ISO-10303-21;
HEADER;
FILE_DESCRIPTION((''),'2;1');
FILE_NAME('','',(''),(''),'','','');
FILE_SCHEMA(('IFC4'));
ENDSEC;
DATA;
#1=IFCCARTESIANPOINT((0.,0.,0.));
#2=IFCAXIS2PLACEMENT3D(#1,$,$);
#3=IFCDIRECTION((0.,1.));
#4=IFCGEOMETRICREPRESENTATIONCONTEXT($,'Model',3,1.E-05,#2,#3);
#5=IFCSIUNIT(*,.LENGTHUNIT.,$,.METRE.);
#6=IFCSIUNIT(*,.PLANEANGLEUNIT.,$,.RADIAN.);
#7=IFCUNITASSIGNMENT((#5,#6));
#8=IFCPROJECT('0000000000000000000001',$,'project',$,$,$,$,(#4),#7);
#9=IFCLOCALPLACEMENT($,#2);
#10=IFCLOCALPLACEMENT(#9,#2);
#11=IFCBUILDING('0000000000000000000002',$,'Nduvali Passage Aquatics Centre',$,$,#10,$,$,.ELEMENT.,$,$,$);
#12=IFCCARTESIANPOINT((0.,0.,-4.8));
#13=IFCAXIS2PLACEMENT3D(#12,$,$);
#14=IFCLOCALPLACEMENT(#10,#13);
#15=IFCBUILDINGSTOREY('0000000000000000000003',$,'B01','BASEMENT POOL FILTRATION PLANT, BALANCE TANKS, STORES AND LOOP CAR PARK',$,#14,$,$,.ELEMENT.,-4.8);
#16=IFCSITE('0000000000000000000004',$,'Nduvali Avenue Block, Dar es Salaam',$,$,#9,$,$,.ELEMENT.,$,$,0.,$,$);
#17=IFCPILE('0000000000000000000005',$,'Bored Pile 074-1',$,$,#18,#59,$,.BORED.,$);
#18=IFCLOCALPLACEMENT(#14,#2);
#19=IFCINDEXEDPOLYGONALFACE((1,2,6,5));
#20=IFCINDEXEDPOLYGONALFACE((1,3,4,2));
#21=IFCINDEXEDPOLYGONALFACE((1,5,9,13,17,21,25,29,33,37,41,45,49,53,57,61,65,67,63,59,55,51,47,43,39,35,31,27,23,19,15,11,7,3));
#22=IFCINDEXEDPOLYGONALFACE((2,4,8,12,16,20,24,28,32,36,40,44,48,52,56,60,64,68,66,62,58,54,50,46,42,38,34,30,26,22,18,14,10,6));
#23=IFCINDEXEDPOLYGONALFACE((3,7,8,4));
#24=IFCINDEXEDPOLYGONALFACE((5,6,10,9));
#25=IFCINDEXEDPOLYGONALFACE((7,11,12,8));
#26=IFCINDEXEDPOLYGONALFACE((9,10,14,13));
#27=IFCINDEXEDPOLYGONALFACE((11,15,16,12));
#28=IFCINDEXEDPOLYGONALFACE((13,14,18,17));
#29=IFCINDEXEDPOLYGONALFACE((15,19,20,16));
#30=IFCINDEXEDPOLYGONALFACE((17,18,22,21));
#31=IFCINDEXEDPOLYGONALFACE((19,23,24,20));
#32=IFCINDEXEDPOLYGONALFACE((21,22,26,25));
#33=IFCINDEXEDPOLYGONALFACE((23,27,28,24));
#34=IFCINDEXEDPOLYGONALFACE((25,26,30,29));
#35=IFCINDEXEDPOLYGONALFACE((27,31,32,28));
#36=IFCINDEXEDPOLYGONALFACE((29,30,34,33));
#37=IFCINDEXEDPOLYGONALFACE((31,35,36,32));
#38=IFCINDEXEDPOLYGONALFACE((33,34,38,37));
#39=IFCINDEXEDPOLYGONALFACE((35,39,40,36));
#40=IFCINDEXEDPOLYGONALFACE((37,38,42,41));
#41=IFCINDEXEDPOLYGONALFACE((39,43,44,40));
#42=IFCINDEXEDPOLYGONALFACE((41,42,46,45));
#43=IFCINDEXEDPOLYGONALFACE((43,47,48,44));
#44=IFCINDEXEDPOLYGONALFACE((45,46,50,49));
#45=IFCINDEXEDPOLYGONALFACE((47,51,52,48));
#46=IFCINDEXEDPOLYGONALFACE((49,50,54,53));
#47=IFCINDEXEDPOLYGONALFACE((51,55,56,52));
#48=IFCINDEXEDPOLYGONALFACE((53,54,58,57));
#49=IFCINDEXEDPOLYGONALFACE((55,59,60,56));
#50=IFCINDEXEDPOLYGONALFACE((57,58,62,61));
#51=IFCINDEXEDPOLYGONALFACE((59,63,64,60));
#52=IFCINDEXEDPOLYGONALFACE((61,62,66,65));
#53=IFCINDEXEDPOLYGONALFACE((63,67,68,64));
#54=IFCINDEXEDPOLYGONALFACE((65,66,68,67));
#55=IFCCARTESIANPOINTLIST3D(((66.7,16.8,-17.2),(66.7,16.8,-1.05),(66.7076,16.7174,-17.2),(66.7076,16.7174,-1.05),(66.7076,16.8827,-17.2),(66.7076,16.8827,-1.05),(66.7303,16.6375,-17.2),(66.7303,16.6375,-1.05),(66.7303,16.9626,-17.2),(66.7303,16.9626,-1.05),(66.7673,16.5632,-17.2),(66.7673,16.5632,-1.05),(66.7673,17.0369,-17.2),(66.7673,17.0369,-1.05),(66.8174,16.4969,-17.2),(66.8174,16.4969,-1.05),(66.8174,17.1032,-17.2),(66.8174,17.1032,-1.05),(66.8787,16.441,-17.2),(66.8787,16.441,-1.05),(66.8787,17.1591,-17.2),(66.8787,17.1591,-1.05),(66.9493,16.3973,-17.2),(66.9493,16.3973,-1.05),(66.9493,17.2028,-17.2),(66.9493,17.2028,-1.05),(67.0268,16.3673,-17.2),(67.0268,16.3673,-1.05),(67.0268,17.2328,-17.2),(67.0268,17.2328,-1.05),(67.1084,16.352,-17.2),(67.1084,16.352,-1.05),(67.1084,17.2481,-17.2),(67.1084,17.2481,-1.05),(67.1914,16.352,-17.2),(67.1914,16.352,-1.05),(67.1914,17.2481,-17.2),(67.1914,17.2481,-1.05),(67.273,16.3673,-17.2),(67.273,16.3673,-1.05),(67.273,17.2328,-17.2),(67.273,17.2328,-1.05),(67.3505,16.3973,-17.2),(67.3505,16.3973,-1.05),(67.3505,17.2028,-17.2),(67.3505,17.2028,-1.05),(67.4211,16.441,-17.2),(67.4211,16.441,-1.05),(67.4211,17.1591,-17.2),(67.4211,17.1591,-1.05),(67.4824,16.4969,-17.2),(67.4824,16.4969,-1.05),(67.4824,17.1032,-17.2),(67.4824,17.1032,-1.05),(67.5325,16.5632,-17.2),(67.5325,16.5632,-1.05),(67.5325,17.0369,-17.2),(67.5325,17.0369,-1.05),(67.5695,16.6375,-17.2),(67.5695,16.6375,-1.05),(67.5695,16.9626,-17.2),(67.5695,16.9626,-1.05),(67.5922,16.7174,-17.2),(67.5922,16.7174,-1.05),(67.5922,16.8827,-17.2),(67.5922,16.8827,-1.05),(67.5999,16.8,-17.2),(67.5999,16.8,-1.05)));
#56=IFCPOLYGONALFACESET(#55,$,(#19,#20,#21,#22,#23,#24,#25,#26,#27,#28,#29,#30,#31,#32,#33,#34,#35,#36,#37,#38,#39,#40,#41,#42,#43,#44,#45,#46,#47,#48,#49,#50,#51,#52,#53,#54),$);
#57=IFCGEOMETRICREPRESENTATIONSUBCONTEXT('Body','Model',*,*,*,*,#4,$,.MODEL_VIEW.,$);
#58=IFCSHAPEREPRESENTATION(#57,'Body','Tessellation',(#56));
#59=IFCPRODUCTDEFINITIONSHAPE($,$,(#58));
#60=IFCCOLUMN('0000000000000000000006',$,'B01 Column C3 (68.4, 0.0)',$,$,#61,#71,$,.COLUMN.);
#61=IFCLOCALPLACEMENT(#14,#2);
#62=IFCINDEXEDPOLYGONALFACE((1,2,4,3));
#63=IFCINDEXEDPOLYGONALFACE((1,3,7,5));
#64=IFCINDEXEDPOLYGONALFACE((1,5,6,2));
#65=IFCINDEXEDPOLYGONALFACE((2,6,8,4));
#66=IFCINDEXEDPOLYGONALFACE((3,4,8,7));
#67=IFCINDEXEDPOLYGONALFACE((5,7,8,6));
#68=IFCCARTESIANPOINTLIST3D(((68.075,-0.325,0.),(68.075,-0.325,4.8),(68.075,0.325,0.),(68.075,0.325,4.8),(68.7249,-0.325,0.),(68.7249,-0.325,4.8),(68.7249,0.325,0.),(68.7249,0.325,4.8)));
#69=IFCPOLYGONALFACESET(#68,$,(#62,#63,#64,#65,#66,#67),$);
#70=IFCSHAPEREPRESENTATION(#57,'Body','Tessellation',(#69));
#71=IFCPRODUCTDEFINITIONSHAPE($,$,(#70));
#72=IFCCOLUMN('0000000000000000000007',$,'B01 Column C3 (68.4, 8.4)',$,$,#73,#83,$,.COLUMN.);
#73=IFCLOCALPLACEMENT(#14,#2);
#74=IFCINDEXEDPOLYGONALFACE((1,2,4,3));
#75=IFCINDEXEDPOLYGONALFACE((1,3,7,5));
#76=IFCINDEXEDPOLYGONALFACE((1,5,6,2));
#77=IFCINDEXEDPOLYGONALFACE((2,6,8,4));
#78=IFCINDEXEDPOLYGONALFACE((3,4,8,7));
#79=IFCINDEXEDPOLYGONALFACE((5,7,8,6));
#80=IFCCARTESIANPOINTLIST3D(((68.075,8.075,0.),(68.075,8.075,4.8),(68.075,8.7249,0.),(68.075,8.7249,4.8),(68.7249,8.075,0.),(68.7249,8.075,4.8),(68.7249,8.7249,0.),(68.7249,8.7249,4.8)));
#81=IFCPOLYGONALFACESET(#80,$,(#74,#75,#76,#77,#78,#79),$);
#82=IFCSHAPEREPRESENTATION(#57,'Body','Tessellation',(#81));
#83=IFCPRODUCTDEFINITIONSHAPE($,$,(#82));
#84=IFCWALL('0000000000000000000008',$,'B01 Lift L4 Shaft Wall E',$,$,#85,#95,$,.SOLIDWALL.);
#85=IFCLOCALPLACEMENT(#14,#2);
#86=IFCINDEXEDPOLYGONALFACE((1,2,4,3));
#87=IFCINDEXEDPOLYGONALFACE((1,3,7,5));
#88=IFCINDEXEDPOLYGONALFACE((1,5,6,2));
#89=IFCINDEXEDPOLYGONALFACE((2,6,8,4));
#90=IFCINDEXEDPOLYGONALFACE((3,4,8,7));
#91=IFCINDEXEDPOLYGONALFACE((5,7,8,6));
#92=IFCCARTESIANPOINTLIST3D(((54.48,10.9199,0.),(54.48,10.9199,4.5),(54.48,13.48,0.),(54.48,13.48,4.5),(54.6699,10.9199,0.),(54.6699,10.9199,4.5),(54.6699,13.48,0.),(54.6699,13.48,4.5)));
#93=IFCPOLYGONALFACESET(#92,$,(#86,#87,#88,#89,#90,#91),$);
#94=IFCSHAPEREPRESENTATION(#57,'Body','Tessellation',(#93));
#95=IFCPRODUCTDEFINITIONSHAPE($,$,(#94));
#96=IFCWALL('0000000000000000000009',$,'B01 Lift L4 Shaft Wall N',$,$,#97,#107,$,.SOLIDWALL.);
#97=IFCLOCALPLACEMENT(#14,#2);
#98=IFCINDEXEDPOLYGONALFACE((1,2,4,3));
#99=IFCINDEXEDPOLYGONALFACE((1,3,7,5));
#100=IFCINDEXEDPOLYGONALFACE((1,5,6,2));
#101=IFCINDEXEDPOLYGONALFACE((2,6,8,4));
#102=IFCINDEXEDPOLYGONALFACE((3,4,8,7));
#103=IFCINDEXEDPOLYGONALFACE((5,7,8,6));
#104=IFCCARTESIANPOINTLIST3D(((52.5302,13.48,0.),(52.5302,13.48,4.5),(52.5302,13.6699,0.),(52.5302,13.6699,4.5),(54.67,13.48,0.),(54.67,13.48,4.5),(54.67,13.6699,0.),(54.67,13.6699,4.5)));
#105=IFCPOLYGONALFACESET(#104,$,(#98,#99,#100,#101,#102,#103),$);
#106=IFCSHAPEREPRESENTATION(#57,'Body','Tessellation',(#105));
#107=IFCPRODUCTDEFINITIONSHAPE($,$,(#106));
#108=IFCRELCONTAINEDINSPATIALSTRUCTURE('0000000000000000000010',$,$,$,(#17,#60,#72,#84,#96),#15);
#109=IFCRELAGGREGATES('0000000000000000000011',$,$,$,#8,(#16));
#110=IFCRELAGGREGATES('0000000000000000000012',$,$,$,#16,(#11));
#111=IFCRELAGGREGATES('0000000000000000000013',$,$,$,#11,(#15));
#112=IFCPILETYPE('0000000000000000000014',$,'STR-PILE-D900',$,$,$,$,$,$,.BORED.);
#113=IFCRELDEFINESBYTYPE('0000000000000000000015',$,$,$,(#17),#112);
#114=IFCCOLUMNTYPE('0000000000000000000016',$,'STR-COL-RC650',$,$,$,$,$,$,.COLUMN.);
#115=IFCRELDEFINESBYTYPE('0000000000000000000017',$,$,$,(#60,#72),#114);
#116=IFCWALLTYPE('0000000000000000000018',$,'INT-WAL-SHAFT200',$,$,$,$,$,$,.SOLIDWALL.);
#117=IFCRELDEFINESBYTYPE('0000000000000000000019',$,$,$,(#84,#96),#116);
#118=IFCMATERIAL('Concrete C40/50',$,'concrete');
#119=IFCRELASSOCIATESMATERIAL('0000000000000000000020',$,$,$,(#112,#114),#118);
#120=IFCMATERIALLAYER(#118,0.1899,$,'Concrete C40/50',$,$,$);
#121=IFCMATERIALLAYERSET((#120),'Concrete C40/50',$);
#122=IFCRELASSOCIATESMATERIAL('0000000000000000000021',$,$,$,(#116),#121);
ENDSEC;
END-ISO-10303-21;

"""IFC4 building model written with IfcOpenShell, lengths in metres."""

from ifc_helpers import new_model, si_unit, direction, frame, frame_2d, origin, origin_2d, place, context, subcontext, project, spatial, rectangle, circle, extrude, material, layer, layer_set, material_profile, profile_set, type_object, element, save


model = new_model("IFC4")

# Units and contexts
model_context = context("Model", 3, precision=1e-05, world=origin(), true_north=direction((0.0, 1.0)))
body_context = subcontext(model_context, "Body", "Model", "MODEL_VIEW")
ifc_project = project(units=[si_unit("LENGTHUNIT", "METRE"), si_unit("PLANEANGLEUNIT", "RADIAN")], contexts=[model_context])

# Site, building, storey
site_placement = place(None, origin())
site = spatial("IfcSite", under=ifc_project, at=site_placement, Name="Nduvali Avenue Block, Dar es Salaam", CompositionType="ELEMENT", RefElevation=0.0)
building_placement = place(site_placement, origin())
building = spatial("IfcBuilding", under=site, at=building_placement, Name="Nduvali Passage Aquatics Centre", CompositionType="ELEMENT")
storey_placement = place(building_placement, frame((0.0, 0.0, -4.8)))
storey = spatial("IfcBuildingStorey", under=building, at=storey_placement, Name="B01", Description="BASEMENT POOL FILTRATION PLANT, BALANCE TANKS, STORES AND LOOP CAR PARK", CompositionType="ELEMENT", Elevation=-4.8)

# Shared definitions
ifc_material = material(Name="Concrete C40/50", Category="concrete")

# Pile
ifc_material_profile_1 = material_profile(ifc_material, circle(Radius=0.45, at=origin_2d()), Name="PILE D900")
ifc_profile_set_1 = profile_set([ifc_material_profile_1], Name="Concrete C40/50")
pile_type_1 = type_object("IfcPileType", Name="STR-PILE-D900", PredefinedType="BORED", material=ifc_profile_set_1)
pile_1_placement = place(storey_placement, frame((67.1499, 16.8, -1.05), z_axis=(0.0, 0.0, -1.0), x_axis=(1.0, 0.0, 0.0)))
element("IfcPile", 1, at=pile_1_placement, inside=storey, type_object=pile_type_1, Name="Bored Pile 074-1", PredefinedType="BORED", context=body_context, shape_type="SweptSolid", body=[
    extrude(circle(Radius=0.45, at=origin_2d()), origin(), (0.0, 0.0, 1.0), 16.1499),
])

# Columns
ifc_material_profile_2 = material_profile(ifc_material, rectangle(XDim=0.6499, YDim=0.6499, at=origin_2d()), Name="RC 650x650")
ifc_profile_set_2 = profile_set([ifc_material_profile_2], Name="Concrete C40/50")
column_type = type_object("IfcColumnType", Name="STR-COL-RC650", PredefinedType="COLUMN", material=ifc_profile_set_2)
for number, where, z_axis, x_axis, name in (
    (2, (68.3999, 0.0, 0.0), (0.0, 0.0, 1.0), (1.0, 0.0, 0.0), "B01 Column C3 (68.4, 0.0)"),
    (3, (68.3999, 8.3999, 0.0), (0.0, 0.0, 1.0), (1.0, 0.0, 0.0), "B01 Column C3 (68.4, 8.4)"),
):
    element("IfcColumn", number, at=place(storey_placement, frame(where, z_axis=z_axis, x_axis=x_axis)), inside=storey, type_object=column_type, Name=name, PredefinedType="COLUMN", context=body_context, shape_type="SweptSolid", body=[
        extrude(rectangle(XDim=0.6499, YDim=0.6499, at=origin_2d()), origin(), (0.0, 0.0, 1.0), 4.8),
    ])

# Walls
ifc_layer = layer(ifc_material, 0.1899, Name="Concrete C40/50")
ifc_layer_set = layer_set([ifc_layer], Name="Concrete C40/50")
wall_type = type_object("IfcWallType", Name="INT-WAL-SHAFT200", PredefinedType="SOLIDWALL", material=ifc_layer_set)
wall_1_placement = place(storey_placement, frame((54.575, 10.9199, 0.0), z_axis=(0.0, 0.0, 1.0), x_axis=(0.0, 1.0, 0.0)))
element("IfcWall", 4, at=wall_1_placement, inside=storey, type_object=wall_type, Name="B01 Lift L4 Shaft Wall E", PredefinedType="SOLIDWALL", context=body_context, shape_type="SweptSolid", body=[
    extrude(rectangle(XDim=2.5601, YDim=0.1899, at=frame_2d((1.28, 0.0))), origin(), (0.0, 0.0, 1.0), 4.5),
])
wall_2_placement = place(storey_placement, frame((54.6699, 13.575, 0.0), z_axis=(0.0, 0.0, 1.0), x_axis=(-1.0, 0.0, 0.0)))
element("IfcWall", 5, at=wall_2_placement, inside=storey, type_object=wall_type, Name="B01 Lift L4 Shaft Wall N", PredefinedType="SOLIDWALL", context=body_context, shape_type="SweptSolid", body=[
    extrude(rectangle(XDim=2.1399, YDim=0.1899, at=frame_2d((1.0698, 0.0))), origin(), (0.0, 0.0, 1.0), 4.5),
])

save(model, "model.ifc")
